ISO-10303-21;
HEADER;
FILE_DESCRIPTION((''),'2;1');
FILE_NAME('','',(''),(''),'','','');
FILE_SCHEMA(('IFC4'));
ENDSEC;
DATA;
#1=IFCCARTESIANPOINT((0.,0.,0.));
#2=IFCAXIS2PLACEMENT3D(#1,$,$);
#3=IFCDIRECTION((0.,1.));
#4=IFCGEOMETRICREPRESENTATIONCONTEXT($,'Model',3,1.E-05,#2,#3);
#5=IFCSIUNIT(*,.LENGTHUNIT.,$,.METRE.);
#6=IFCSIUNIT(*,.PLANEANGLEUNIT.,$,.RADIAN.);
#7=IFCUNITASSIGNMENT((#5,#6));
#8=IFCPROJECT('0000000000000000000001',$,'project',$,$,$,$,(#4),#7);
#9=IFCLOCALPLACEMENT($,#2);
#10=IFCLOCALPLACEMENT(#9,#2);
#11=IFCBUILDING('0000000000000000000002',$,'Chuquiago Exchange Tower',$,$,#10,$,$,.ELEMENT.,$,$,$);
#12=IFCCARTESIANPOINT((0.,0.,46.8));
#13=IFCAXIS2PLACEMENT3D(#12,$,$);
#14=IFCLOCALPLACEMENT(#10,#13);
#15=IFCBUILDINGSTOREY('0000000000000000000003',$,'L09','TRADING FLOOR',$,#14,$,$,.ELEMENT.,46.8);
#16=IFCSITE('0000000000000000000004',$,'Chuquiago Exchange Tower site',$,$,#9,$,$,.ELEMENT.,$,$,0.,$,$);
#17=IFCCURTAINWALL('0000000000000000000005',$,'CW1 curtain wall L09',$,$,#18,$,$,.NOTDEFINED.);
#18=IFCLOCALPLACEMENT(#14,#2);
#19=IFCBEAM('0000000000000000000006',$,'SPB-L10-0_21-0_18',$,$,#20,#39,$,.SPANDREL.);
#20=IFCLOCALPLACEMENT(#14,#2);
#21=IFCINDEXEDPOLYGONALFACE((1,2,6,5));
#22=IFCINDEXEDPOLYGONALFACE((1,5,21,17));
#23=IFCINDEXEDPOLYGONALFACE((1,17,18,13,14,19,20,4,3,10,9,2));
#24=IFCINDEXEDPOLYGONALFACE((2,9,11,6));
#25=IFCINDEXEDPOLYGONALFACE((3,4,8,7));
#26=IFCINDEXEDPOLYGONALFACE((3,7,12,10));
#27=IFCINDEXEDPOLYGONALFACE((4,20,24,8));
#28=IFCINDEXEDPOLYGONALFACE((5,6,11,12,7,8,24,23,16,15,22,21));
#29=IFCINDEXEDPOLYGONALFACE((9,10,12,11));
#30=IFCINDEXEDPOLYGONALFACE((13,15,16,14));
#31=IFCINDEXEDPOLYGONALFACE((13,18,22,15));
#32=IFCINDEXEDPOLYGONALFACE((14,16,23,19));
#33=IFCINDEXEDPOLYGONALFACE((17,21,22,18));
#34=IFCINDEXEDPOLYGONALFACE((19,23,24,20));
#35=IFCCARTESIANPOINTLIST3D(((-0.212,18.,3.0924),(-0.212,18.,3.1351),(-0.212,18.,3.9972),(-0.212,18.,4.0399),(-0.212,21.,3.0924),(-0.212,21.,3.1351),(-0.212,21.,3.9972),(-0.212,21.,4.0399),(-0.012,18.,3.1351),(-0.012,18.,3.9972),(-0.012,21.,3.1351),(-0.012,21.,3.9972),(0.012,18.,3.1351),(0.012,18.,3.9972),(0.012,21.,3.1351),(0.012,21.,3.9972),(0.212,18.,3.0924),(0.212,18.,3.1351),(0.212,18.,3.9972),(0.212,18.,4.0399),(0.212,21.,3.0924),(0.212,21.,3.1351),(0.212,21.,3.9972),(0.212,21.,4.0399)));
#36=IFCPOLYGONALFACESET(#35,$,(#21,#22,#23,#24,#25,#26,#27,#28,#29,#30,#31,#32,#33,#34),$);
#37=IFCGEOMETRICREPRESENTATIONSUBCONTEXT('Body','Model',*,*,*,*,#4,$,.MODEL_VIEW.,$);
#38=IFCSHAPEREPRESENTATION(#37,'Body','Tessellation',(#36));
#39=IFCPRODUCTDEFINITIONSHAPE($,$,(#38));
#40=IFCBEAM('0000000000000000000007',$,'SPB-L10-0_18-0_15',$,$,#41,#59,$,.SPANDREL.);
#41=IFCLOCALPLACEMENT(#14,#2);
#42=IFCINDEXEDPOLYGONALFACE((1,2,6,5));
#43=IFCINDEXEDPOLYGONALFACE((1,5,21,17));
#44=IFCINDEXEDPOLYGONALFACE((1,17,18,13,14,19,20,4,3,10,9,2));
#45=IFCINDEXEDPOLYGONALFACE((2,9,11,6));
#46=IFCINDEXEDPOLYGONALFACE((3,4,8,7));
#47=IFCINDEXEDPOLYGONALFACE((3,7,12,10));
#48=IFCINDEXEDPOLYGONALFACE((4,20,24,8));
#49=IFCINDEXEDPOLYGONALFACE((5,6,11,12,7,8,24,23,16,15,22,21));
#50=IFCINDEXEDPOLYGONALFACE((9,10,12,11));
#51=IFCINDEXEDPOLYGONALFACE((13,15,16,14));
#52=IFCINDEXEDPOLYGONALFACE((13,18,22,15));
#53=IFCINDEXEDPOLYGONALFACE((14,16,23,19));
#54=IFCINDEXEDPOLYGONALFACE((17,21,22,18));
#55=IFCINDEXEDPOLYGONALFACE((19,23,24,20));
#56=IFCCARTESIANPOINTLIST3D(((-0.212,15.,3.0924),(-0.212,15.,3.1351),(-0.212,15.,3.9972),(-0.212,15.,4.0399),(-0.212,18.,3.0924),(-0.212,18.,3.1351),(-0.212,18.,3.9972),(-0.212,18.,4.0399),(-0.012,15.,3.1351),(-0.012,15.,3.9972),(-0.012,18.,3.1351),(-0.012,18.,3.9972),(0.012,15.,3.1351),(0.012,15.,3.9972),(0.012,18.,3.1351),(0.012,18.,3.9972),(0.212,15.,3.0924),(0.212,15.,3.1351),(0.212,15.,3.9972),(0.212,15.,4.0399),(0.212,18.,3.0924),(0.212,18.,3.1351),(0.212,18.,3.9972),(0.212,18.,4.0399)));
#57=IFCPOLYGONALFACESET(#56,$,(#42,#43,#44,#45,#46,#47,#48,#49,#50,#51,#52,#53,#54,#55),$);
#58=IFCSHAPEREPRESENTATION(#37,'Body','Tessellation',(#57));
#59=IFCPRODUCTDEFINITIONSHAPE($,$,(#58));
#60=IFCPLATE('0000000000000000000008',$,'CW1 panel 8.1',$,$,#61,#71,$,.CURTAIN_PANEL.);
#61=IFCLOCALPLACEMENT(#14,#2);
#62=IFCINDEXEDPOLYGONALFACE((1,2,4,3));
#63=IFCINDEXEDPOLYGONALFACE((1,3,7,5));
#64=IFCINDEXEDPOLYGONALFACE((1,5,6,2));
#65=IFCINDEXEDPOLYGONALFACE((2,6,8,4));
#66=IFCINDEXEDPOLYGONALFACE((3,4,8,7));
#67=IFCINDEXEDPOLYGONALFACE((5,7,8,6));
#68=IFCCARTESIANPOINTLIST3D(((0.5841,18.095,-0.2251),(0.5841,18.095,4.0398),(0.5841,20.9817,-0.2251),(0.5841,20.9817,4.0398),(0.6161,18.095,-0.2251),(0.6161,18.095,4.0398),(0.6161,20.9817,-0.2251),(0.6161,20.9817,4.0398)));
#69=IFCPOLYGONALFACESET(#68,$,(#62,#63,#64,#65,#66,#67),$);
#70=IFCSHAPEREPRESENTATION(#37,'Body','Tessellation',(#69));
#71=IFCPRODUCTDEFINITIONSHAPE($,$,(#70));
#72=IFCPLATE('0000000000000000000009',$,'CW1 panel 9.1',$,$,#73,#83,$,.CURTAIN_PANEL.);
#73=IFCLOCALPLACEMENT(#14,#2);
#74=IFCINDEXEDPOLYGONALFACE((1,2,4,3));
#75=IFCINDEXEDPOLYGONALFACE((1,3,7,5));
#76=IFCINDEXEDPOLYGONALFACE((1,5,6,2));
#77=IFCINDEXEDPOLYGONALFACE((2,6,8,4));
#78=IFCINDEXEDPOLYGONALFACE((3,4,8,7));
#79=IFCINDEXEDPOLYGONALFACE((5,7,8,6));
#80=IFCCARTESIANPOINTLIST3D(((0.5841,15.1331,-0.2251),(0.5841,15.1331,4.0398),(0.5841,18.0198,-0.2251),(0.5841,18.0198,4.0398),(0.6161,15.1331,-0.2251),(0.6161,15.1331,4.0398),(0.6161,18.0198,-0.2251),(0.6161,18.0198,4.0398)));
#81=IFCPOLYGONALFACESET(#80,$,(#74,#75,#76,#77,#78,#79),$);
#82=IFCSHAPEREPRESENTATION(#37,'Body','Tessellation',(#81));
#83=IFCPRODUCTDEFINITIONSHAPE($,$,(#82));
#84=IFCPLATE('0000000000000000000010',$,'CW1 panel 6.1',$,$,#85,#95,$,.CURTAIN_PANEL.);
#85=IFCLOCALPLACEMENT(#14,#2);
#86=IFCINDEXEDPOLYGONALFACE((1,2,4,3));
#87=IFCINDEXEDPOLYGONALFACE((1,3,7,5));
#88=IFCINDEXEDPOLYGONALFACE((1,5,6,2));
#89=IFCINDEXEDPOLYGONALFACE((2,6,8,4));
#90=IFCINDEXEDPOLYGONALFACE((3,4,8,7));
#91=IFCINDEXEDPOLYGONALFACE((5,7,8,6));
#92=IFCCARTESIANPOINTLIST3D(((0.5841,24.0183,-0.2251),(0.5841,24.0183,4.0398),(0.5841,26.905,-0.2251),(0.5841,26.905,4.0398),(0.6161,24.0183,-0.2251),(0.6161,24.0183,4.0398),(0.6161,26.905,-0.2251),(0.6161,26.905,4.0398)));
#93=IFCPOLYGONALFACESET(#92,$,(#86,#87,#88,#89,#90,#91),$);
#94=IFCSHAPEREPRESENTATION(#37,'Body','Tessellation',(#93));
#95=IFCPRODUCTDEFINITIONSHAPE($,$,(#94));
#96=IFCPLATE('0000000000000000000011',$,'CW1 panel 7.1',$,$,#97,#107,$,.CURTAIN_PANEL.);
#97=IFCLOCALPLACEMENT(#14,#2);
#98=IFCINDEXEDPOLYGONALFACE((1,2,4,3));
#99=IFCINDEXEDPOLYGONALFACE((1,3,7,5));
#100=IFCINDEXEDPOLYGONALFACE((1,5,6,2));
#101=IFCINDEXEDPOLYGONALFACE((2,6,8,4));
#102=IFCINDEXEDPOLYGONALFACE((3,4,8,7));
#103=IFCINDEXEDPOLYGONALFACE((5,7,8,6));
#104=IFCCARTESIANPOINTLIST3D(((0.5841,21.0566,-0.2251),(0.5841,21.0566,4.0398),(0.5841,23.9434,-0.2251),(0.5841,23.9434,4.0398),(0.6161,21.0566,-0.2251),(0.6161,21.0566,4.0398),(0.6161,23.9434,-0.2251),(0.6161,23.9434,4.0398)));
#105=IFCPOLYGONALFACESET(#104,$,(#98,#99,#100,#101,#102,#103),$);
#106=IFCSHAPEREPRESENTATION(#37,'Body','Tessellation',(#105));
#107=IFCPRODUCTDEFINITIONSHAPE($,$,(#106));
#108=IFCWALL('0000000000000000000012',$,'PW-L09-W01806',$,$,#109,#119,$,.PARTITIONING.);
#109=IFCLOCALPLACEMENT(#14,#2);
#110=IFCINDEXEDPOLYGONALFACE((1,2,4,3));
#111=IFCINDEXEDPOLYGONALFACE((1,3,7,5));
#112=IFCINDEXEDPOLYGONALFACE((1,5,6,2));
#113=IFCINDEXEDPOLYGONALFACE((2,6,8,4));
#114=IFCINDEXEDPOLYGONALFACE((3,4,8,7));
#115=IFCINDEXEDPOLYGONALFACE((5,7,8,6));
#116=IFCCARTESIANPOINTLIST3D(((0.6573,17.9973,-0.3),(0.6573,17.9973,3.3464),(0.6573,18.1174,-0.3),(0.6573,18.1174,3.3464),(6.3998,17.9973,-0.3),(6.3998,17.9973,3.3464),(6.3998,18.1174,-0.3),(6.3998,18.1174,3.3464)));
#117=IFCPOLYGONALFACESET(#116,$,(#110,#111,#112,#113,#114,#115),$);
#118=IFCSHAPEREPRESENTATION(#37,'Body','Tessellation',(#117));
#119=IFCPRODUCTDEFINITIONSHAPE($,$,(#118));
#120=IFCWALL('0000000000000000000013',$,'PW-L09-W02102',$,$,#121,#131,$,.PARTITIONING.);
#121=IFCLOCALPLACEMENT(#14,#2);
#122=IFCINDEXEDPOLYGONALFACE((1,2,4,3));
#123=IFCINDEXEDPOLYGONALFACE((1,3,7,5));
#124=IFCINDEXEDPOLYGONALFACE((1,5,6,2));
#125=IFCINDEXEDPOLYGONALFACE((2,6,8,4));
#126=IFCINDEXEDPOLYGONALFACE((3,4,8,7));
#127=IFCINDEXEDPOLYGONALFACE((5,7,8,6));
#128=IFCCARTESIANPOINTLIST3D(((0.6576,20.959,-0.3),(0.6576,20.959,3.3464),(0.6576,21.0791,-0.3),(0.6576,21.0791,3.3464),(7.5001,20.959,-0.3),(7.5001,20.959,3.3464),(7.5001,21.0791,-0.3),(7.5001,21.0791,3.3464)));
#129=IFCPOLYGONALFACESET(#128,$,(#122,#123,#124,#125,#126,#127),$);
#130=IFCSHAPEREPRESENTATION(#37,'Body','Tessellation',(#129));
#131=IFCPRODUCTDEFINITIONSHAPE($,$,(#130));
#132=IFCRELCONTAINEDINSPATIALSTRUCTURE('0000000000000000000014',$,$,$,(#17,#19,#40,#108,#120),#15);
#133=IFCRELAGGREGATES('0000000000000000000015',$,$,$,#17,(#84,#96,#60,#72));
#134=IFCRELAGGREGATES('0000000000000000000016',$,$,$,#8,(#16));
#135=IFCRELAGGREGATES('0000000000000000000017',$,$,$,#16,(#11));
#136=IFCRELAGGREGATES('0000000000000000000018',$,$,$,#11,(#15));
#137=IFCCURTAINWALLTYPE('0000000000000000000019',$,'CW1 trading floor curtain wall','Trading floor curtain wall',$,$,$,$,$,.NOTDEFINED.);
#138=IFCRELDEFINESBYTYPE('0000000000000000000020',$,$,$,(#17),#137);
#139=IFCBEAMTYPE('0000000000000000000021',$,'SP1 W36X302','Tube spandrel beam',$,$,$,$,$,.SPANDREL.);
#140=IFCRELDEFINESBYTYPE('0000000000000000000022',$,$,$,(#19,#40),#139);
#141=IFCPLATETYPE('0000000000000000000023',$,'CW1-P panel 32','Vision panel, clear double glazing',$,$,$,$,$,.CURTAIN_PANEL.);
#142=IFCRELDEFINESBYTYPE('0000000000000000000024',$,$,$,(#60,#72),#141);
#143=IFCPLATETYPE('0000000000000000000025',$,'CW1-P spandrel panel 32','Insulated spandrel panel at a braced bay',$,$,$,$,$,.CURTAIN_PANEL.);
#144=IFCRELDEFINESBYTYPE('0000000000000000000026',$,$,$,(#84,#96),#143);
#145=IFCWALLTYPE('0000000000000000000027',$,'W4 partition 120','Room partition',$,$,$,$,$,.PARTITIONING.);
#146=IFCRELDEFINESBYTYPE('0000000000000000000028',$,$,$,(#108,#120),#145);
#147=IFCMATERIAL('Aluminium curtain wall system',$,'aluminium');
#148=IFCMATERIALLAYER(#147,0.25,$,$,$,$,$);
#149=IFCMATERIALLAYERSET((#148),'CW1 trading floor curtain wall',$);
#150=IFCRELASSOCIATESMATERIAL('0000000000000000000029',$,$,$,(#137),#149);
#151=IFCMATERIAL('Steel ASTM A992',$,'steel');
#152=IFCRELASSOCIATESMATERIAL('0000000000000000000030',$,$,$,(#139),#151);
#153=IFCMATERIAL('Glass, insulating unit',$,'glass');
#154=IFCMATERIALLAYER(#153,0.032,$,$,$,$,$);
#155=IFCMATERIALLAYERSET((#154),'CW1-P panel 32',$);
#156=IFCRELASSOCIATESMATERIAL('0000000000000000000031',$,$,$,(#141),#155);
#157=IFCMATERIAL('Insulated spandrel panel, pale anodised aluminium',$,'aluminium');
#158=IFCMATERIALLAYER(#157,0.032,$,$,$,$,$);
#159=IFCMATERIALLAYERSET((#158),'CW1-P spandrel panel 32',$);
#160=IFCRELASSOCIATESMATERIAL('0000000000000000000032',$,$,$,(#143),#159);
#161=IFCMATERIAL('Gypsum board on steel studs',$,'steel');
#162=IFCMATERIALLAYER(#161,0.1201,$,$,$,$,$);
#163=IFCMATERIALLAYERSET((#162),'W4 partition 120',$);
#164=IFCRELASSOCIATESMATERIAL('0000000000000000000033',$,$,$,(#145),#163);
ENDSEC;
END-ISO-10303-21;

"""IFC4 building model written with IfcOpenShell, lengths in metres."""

from ifc_helpers import new_model, si_unit, direction, frame, frame_2d, origin, origin_2d, place, context, subcontext, project, spatial, rectangle, i_section, extrude, material, layer, layer_set, material_profile, profile_set, type_object, element, aggregate, save


model = new_model("IFC4")

# Units and contexts
model_context = context("Model", 3, precision=1e-05, world=origin(), true_north=direction((0.0, 1.0)))
body_context = subcontext(model_context, "Body", "Model", "MODEL_VIEW")
ifc_project = project(units=[si_unit("LENGTHUNIT", "METRE"), si_unit("PLANEANGLEUNIT", "RADIAN")], contexts=[model_context])

# Site, building, storey
site_placement = place(None, origin())
site = spatial("IfcSite", under=ifc_project, at=site_placement, Name="Chuquiago Exchange Tower site", CompositionType="ELEMENT", RefElevation=0.0)
building_placement = place(site_placement, origin())
building = spatial("IfcBuilding", under=site, at=building_placement, Name="Chuquiago Exchange Tower", CompositionType="ELEMENT")
storey_placement = place(building_placement, frame((0.0, 0.0, 46.8)))
storey = spatial("IfcBuildingStorey", under=building, at=storey_placement, Name="L09", Description="TRADING FLOOR", CompositionType="ELEMENT", Elevation=46.8)

# Curtain wall
ifc_material_1 = material(Name="Aluminium curtain wall system", Category="aluminium")
ifc_layer_1 = layer(ifc_material_1, 0.25)
ifc_layer_set_1 = layer_set([ifc_layer_1], Name="CW1 trading floor curtain wall")
curtain_wall_type = type_object("IfcCurtainWallType", Name="CW1 trading floor curtain wall", Description="Trading floor curtain wall", PredefinedType="NOTDEFINED", material=ifc_layer_set_1)
curtain_wall_placement = place(storey_placement, origin())
curtain_wall = element("IfcCurtainWall", 1, at=curtain_wall_placement, inside=storey, type_object=curtain_wall_type, Name="CW1 curtain wall L09", PredefinedType="NOTDEFINED")

# Beams
ifc_material_2 = material(Name="Steel ASTM A992", Category="steel")
ifc_material_profile_1 = material_profile(ifc_material_2, i_section(OverallWidth=0.4241, OverallDepth=0.9475, WebThickness=0.0239, FlangeThickness=0.0427, at=origin_2d()), Name="W36X302")
ifc_profile_set_1 = profile_set([ifc_material_profile_1], Name="Steel ASTM A992")
beam_type = type_object("IfcBeamType", Name="SP1 W36X302", Description="Tube spandrel beam", PredefinedType="SPANDREL", material=ifc_profile_set_1)
for number, where, z_axis, x_axis, name in (
    (2, (0.0, 21.0, 3.5662), (0.0, -1.0, 0.0), (1.0, 0.0, 0.0), "SPB-L10-0_21-0_18"),
    (3, (0.0, 18.0, 3.5662), (0.0, -1.0, 0.0), (1.0, 0.0, 0.0), "SPB-L10-0_18-0_15"),
):
    element("IfcBeam", number, at=place(storey_placement, frame(where, z_axis=z_axis, x_axis=x_axis)), inside=storey, type_object=beam_type, Name=name, PredefinedType="SPANDREL", context=body_context, shape_type="SweptSolid", body=[
        extrude(i_section(OverallWidth=0.4241, OverallDepth=0.9475, WebThickness=0.0239, FlangeThickness=0.0427, at=origin_2d()), origin(), (0.0, 0.0, 1.0), 3.0),
    ])

# Plates
ifc_material_3 = material(Name="Glass, insulating unit", Category="glass")
ifc_layer_2 = layer(ifc_material_3, 0.032)
ifc_layer_set_2 = layer_set([ifc_layer_2], Name="CW1-P panel 32")
plate_type_1 = type_object("IfcPlateType", Name="CW1-P panel 32", Description="Vision panel, clear double glazing", PredefinedType="CURTAIN_PANEL", material=ifc_layer_set_2)
plate_1_placement = place(storey_placement, frame((0.6001, 19.5383, -0.2251), z_axis=(0.0, 0.0, 1.0), x_axis=(0.0, -1.0, 0.0)))
plate_1 = element("IfcPlate", 4, at=plate_1_placement, type_object=plate_type_1, Name="CW1 panel 8.1", PredefinedType="CURTAIN_PANEL", context=body_context, shape_type="SweptSolid", body=[
    extrude(rectangle(XDim=2.8867, YDim=0.032, at=origin_2d()), origin(), (0.0, 0.0, 1.0), 4.2649),
])
plate_2_placement = place(storey_placement, frame((0.6001, 16.5764, -0.2251), z_axis=(0.0, 0.0, 1.0), x_axis=(0.0, -1.0, 0.0)))
plate_2 = element("IfcPlate", 5, at=plate_2_placement, type_object=plate_type_1, Name="CW1 panel 9.1", PredefinedType="CURTAIN_PANEL", context=body_context, shape_type="SweptSolid", body=[
    extrude(rectangle(XDim=2.8867, YDim=0.032, at=origin_2d()), origin(), (0.0, 0.0, 1.0), 4.2649),
])
ifc_material_4 = material(Name="Insulated spandrel panel, pale anodised aluminium", Category="aluminium")
ifc_layer_3 = layer(ifc_material_4, 0.032)
ifc_layer_set_3 = layer_set([ifc_layer_3], Name="CW1-P spandrel panel 32")
plate_type_2 = type_object("IfcPlateType", Name="CW1-P spandrel panel 32", Description="Insulated spandrel panel at a braced bay", PredefinedType="CURTAIN_PANEL", material=ifc_layer_set_3)
plate_3_placement = place(storey_placement, frame((0.6001, 25.4617, -0.2251), z_axis=(0.0, 0.0, 1.0), x_axis=(0.0, -1.0, 0.0)))
plate_3 = element("IfcPlate", 6, at=plate_3_placement, type_object=plate_type_2, Name="CW1 panel 6.1", PredefinedType="CURTAIN_PANEL", context=body_context, shape_type="SweptSolid", body=[
    extrude(rectangle(XDim=2.8867, YDim=0.032, at=origin_2d()), origin(), (0.0, 0.0, 1.0), 4.2649),
])
plate_4_placement = place(storey_placement, frame((0.6001, 22.5, -0.2251), z_axis=(0.0, 0.0, 1.0), x_axis=(0.0, -1.0, 0.0)))
plate_4 = element("IfcPlate", 7, at=plate_4_placement, type_object=plate_type_2, Name="CW1 panel 7.1", PredefinedType="CURTAIN_PANEL", context=body_context, shape_type="SweptSolid", body=[
    extrude(rectangle(XDim=2.8867, YDim=0.032, at=origin_2d()), origin(), (0.0, 0.0, 1.0), 4.2649),
])
aggregate(curtain_wall, [plate_3, plate_4, plate_1, plate_2])

# Walls
ifc_material_5 = material(Name="Gypsum board on steel studs", Category="steel")
ifc_layer_4 = layer(ifc_material_5, 0.1201)
ifc_layer_set_4 = layer_set([ifc_layer_4], Name="W4 partition 120")
wall_type = type_object("IfcWallType", Name="W4 partition 120", Description="Room partition", PredefinedType="PARTITIONING", material=ifc_layer_set_4)
wall_1_placement = place(storey_placement, frame((0.6575, 18.0574, -0.3), z_axis=(0.0, 0.0, 1.0), x_axis=(1.0, 0.0, 0.0)))
element("IfcWall", 8, at=wall_1_placement, inside=storey, type_object=wall_type, Name="PW-L09-W01806", PredefinedType="PARTITIONING", context=body_context, shape_type="SweptSolid", body=[
    extrude(rectangle(XDim=5.7424, YDim=0.1201, at=frame_2d((2.8711, 0.0))), origin(), (0.0, 0.0, 1.0), 3.6465),
])
wall_2_placement = place(storey_placement, frame((0.6575, 21.019, -0.3), z_axis=(0.0, 0.0, 1.0), x_axis=(1.0, 0.0, 0.0)))
element("IfcWall", 9, at=wall_2_placement, inside=storey, type_object=wall_type, Name="PW-L09-W02102", PredefinedType="PARTITIONING", context=body_context, shape_type="SweptSolid", body=[
    extrude(rectangle(XDim=6.8425, YDim=0.1201, at=frame_2d((3.4214, 0.0))), origin(), (0.0, 0.0, 1.0), 3.6465),
])

save(model, "model.ifc")
